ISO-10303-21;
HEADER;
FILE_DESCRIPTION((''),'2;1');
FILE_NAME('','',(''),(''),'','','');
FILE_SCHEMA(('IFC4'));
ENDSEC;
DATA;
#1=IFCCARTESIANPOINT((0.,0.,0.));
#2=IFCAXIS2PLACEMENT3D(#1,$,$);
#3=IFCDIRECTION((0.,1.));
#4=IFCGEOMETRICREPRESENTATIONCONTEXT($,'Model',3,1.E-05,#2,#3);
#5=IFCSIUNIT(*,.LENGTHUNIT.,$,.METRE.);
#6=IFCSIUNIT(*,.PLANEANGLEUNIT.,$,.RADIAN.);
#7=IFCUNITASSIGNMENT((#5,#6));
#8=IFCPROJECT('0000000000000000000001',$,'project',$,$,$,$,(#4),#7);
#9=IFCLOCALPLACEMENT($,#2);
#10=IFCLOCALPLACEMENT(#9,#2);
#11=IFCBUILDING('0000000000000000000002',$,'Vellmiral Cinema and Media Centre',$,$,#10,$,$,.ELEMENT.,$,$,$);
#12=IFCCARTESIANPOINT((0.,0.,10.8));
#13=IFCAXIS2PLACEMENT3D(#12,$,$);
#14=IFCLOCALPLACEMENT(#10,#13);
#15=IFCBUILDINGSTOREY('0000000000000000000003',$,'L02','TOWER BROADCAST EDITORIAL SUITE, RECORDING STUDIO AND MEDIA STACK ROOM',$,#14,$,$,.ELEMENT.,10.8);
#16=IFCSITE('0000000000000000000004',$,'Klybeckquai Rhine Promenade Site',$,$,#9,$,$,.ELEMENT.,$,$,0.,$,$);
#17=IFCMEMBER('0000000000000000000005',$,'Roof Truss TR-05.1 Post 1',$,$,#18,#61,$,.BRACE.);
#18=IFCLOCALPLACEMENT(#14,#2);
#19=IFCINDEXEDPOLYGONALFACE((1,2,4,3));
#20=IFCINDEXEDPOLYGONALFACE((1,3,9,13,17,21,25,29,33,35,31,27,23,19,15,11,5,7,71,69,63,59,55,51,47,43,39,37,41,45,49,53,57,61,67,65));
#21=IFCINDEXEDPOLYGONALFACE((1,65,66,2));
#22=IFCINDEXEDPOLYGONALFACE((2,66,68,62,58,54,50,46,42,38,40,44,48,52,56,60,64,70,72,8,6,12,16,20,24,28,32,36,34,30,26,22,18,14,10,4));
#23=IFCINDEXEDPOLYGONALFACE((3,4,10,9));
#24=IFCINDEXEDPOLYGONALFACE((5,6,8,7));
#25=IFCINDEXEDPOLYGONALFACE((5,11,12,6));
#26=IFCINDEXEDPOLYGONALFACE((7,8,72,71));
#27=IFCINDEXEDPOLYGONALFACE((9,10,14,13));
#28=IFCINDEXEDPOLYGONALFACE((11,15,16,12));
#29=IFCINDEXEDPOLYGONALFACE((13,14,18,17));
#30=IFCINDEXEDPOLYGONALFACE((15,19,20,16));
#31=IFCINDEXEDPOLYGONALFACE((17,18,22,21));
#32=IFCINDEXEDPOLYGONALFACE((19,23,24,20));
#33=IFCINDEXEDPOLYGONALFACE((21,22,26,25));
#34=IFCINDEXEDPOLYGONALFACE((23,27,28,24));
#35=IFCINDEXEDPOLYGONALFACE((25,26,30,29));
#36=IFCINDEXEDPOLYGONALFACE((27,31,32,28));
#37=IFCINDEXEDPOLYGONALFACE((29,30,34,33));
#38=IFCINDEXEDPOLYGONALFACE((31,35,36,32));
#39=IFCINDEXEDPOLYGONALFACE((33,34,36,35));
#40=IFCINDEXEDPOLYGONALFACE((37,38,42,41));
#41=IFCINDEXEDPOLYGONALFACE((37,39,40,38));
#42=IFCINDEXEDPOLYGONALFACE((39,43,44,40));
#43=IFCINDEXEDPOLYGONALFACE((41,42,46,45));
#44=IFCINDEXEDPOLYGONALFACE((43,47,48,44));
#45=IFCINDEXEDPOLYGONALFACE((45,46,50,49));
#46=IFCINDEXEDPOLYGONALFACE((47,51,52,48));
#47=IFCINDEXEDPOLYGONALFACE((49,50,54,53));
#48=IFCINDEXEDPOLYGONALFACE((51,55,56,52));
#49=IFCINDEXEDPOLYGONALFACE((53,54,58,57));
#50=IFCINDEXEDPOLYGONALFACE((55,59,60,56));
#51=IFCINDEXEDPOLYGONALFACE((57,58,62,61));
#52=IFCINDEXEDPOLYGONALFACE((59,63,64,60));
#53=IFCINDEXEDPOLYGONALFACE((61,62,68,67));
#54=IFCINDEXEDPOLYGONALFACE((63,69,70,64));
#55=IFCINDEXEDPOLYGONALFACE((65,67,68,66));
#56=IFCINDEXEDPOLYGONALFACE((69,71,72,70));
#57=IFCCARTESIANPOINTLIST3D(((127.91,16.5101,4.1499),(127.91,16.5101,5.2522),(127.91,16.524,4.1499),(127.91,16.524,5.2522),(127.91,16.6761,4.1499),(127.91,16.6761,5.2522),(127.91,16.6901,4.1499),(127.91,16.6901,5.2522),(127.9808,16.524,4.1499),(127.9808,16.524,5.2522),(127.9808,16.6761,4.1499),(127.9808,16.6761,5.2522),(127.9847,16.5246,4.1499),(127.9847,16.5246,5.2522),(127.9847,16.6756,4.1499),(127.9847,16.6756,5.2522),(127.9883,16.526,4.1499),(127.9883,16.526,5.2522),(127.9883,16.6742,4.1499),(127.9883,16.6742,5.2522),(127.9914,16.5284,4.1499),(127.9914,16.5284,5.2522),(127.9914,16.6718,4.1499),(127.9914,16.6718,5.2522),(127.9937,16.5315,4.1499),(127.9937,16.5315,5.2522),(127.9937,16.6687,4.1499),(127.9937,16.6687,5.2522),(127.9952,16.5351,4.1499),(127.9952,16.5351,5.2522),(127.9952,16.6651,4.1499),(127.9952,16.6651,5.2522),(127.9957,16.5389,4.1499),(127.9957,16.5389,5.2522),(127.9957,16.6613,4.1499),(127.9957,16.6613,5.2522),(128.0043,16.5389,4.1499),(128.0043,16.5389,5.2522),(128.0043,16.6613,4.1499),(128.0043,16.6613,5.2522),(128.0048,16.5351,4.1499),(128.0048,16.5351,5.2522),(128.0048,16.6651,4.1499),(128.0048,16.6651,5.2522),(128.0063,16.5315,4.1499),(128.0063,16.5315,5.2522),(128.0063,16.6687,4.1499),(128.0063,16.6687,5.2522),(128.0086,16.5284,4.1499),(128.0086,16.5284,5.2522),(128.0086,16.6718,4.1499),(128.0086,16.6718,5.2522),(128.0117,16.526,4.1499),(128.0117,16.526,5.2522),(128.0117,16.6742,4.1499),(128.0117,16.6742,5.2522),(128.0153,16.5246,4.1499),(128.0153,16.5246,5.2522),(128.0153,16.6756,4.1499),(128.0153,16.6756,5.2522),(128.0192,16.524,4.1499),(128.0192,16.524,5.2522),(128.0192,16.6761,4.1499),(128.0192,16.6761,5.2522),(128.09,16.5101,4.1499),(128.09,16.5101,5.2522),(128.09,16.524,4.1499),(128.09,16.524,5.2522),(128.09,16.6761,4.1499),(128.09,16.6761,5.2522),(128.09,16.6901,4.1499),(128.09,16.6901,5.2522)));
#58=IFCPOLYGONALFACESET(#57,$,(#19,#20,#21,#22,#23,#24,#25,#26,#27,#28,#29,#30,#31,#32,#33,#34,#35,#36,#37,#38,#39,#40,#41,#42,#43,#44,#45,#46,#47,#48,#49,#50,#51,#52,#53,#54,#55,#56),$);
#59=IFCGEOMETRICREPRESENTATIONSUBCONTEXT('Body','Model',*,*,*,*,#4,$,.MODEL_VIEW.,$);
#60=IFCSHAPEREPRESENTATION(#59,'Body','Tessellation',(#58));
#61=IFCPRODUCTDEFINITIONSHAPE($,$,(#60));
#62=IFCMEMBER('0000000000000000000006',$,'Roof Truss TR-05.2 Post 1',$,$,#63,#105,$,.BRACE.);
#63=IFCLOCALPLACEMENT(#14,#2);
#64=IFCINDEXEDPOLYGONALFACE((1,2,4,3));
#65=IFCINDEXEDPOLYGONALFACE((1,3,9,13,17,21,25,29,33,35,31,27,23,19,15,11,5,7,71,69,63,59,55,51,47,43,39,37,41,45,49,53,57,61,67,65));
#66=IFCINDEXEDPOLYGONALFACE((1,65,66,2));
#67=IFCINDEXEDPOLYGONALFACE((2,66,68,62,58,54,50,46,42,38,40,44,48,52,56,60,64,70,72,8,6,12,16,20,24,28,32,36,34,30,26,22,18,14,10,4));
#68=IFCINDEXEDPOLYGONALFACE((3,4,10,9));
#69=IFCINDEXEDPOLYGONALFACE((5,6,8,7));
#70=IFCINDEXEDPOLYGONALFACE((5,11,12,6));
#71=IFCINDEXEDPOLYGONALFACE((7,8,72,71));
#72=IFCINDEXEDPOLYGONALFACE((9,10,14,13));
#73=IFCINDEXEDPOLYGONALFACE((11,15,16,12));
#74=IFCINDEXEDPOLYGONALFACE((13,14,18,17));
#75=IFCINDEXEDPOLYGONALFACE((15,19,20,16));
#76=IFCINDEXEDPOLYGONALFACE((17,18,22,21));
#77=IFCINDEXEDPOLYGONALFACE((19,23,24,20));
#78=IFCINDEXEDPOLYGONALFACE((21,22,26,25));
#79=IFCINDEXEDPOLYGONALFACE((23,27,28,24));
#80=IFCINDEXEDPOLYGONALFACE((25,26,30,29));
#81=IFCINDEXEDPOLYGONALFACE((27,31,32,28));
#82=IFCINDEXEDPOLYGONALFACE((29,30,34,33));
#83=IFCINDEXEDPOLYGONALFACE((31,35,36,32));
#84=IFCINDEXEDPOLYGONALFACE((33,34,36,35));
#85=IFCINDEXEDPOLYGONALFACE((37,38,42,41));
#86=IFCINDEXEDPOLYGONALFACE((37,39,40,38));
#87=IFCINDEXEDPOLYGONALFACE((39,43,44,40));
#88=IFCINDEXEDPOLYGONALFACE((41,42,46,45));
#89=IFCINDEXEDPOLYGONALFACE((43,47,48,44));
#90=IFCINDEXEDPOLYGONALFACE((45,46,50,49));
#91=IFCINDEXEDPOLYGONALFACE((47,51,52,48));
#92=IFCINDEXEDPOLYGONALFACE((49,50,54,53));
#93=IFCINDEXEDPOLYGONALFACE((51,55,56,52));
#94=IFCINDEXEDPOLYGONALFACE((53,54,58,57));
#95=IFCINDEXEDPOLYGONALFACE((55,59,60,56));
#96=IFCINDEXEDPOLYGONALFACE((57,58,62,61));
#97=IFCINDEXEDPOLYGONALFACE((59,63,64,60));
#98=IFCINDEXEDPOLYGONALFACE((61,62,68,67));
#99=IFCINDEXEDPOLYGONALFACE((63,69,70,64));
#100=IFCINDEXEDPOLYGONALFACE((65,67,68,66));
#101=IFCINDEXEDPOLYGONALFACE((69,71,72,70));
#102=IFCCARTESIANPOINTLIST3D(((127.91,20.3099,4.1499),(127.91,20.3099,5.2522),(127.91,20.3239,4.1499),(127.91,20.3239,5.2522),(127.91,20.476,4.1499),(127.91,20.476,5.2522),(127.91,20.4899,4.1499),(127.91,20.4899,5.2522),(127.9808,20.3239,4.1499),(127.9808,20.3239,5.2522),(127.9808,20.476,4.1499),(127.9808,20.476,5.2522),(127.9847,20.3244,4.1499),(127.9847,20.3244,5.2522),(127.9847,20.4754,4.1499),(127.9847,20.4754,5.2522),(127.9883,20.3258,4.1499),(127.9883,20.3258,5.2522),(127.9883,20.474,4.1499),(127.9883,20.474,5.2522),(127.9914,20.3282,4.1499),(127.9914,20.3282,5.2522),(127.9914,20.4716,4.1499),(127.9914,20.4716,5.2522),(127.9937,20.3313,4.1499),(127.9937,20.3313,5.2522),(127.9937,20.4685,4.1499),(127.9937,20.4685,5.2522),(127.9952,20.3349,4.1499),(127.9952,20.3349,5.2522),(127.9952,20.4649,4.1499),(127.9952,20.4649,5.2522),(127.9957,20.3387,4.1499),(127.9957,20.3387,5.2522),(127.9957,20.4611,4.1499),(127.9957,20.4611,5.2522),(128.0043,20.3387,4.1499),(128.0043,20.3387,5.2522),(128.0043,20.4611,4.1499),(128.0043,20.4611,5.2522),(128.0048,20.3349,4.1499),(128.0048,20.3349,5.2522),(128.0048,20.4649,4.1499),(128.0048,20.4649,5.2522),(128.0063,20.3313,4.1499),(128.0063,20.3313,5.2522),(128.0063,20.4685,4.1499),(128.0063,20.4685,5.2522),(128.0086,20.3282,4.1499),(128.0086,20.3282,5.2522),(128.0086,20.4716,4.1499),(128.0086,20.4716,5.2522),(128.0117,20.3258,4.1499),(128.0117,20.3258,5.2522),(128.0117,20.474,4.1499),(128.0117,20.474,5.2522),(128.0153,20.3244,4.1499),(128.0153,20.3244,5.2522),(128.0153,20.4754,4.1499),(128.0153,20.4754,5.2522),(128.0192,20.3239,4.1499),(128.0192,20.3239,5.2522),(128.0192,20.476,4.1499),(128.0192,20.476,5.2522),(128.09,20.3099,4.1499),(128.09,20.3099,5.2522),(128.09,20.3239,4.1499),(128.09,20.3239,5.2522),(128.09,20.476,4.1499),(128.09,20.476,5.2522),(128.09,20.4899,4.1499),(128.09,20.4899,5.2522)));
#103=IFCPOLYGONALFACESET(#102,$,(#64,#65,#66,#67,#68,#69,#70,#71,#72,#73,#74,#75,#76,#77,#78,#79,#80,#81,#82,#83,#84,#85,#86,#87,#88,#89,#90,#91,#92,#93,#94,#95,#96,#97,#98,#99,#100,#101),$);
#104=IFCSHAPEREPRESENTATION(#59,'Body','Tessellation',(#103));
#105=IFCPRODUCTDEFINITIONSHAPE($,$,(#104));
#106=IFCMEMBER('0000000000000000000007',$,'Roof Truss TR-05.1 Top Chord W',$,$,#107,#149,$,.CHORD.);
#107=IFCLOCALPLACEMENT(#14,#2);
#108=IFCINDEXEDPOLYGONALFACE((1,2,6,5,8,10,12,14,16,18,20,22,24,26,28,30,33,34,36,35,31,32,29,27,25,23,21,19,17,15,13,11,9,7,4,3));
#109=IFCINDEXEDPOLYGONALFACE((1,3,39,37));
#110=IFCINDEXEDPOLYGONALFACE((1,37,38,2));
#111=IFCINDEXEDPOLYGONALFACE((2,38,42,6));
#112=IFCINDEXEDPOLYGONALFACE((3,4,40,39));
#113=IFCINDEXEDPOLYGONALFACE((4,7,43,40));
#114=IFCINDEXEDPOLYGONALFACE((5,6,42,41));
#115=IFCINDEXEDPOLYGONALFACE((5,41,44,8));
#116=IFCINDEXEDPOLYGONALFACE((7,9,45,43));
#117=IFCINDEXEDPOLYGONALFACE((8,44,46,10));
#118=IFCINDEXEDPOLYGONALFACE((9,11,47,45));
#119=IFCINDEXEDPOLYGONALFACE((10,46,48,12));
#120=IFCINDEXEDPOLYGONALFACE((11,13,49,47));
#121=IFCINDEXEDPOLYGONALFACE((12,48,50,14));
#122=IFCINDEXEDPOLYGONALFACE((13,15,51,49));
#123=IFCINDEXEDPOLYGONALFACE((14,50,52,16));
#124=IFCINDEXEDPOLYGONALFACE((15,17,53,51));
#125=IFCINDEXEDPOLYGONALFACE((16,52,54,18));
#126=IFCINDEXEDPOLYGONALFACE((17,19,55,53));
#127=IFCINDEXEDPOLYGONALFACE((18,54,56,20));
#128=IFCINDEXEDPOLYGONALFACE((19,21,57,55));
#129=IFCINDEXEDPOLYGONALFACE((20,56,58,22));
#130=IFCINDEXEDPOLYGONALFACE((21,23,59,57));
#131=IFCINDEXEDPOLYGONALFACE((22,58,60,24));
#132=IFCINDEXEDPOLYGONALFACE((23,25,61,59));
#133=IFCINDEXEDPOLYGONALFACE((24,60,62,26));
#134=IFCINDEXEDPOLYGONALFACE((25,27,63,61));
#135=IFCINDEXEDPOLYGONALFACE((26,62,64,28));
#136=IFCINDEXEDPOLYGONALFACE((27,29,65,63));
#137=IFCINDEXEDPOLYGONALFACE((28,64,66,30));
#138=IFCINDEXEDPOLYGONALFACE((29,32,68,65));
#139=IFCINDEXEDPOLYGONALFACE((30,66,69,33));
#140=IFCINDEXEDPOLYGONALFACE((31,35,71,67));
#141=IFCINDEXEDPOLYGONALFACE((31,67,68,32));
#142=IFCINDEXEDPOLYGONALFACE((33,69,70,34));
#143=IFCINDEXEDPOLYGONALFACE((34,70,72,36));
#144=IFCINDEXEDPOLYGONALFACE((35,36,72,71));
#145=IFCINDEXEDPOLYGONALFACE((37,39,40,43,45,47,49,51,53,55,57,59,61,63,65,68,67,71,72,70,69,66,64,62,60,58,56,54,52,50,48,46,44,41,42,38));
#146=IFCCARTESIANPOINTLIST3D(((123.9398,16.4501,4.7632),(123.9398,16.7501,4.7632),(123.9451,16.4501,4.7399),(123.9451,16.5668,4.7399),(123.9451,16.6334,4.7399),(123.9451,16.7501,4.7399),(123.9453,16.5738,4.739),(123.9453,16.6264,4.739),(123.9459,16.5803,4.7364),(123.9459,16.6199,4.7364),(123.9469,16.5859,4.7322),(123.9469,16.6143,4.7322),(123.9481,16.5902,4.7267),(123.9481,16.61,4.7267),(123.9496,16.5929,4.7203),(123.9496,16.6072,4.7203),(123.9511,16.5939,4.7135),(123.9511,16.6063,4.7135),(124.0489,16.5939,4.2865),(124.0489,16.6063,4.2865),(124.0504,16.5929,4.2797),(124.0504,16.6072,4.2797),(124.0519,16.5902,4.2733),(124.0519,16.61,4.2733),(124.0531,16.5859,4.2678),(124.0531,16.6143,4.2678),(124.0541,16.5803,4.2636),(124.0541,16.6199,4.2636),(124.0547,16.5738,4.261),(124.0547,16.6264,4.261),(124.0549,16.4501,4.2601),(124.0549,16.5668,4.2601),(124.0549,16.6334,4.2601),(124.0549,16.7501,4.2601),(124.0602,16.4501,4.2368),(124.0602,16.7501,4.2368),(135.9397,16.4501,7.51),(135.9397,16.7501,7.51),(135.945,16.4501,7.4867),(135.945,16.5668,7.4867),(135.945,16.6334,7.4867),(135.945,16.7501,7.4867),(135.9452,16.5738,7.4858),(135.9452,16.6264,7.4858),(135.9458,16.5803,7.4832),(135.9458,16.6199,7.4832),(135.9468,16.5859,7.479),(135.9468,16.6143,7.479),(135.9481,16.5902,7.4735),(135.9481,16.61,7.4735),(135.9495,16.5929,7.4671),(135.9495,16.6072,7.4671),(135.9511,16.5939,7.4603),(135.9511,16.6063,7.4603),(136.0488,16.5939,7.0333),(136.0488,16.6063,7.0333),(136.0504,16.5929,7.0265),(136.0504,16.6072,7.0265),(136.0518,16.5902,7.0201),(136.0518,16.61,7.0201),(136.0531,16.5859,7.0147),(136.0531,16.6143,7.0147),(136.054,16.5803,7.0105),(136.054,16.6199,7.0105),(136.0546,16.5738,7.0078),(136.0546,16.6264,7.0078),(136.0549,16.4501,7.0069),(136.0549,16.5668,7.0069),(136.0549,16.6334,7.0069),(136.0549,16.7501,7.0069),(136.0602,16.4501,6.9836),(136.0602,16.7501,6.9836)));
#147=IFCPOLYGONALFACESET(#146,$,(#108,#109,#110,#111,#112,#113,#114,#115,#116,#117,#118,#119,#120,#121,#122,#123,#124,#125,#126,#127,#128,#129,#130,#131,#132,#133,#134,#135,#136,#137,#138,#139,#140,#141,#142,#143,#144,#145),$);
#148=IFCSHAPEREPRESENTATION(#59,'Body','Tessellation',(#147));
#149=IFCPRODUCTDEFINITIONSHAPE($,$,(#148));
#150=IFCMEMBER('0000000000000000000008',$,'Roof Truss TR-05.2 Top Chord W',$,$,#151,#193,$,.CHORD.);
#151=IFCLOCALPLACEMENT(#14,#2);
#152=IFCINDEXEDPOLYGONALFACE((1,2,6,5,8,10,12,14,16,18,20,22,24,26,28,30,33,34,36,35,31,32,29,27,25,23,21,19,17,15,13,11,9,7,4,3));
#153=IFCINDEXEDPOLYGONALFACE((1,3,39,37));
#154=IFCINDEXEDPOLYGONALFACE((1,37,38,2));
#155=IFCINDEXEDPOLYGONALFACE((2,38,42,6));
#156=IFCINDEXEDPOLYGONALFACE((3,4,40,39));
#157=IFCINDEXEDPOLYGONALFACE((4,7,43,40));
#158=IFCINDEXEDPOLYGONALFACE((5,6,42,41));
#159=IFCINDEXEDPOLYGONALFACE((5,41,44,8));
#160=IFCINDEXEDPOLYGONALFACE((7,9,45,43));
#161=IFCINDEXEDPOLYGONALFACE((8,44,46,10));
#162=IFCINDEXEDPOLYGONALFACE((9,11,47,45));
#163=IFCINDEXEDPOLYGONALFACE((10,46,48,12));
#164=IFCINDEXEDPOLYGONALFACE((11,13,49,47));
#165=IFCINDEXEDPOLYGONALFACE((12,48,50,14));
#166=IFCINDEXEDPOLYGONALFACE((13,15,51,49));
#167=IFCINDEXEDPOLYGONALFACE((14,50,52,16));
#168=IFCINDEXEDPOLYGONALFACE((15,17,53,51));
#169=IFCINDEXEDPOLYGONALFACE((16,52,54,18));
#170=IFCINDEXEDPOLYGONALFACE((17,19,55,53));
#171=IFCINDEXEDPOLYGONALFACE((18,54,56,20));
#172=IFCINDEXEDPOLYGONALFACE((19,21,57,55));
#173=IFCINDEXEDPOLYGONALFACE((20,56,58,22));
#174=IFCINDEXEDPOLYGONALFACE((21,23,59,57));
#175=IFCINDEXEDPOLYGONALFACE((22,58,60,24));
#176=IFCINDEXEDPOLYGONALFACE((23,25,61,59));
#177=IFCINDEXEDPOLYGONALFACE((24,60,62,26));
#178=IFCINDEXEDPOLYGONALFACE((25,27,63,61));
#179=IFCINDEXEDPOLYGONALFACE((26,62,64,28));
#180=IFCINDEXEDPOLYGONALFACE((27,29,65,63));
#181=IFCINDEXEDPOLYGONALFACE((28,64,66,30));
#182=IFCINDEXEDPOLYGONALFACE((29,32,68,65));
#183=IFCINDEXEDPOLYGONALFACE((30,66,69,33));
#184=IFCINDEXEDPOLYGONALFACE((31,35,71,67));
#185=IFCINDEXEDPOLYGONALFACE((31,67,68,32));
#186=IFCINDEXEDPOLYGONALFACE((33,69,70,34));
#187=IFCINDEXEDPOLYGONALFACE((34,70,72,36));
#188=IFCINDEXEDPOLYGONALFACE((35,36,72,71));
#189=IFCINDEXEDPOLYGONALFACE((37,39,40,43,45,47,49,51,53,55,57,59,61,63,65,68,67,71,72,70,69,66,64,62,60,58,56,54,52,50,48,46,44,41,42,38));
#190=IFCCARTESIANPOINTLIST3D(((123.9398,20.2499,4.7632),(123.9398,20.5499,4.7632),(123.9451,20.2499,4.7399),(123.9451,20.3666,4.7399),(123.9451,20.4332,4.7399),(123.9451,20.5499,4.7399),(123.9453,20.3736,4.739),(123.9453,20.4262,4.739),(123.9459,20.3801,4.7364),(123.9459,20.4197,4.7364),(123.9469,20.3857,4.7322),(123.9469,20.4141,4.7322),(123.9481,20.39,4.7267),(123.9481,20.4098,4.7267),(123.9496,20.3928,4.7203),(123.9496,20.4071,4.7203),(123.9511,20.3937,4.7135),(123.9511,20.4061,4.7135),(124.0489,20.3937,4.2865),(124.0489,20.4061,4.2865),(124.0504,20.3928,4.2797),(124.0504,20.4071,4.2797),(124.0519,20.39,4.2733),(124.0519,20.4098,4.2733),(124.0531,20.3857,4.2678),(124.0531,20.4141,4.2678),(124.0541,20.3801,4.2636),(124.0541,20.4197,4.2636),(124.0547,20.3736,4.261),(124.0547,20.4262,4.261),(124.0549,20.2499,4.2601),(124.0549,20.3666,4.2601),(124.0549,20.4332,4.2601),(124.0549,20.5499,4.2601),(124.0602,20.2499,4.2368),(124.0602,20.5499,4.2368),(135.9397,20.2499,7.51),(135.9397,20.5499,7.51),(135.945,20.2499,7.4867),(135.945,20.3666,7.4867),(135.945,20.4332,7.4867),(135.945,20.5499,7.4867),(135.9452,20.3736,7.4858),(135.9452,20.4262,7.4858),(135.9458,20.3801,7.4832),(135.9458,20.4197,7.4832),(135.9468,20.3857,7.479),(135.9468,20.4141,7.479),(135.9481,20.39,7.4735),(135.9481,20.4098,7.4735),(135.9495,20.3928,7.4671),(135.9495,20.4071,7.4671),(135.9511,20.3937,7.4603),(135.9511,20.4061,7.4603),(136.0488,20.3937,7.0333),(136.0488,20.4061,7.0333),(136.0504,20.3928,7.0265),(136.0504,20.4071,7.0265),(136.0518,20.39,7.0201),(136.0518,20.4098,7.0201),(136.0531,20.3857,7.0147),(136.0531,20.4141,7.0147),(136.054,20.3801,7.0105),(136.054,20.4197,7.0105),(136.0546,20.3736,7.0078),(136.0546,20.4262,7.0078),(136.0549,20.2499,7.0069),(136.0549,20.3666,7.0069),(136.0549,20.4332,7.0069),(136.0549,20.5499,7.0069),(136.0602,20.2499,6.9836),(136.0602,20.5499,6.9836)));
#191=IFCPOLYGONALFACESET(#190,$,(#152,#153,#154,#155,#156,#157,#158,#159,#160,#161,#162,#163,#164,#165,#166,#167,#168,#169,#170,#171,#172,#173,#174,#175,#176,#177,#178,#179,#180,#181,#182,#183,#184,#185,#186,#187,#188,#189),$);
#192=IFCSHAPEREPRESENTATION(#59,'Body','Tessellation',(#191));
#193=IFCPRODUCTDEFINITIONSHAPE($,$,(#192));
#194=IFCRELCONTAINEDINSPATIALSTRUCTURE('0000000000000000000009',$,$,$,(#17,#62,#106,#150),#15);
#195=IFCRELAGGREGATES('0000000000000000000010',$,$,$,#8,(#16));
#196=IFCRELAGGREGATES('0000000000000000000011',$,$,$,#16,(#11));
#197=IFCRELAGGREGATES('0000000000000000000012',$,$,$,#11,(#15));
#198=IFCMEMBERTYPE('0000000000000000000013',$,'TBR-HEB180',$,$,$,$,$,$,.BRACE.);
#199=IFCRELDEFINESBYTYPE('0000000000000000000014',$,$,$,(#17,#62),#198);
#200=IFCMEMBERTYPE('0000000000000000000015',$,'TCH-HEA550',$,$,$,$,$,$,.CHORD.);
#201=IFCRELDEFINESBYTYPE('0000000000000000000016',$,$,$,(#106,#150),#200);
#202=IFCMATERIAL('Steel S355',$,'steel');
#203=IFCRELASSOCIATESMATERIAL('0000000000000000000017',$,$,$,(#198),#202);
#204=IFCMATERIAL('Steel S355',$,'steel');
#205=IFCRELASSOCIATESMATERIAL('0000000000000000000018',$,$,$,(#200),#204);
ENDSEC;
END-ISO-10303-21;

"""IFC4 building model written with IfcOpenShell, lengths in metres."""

from ifc_helpers import new_model, si_unit, direction, frame, origin, origin_2d, place, context, subcontext, project, spatial, i_section, extrude, material, material_profile, profile_set, type_object, element, save


model = new_model("IFC4")

# Units and contexts
model_context = context("Model", 3, precision=1e-05, world=origin(), true_north=direction((0.0, 1.0)))
body_context = subcontext(model_context, "Body", "Model", "MODEL_VIEW")
ifc_project = project(units=[si_unit("LENGTHUNIT", "METRE"), si_unit("PLANEANGLEUNIT", "RADIAN")], contexts=[model_context])

# Site, building, storey
site_placement = place(None, origin())
site = spatial("IfcSite", under=ifc_project, at=site_placement, Name="Klybeckquai Rhine Promenade Site", CompositionType="ELEMENT", RefElevation=0.0)
building_placement = place(site_placement, origin())
building = spatial("IfcBuilding", under=site, at=building_placement, Name="Vellmiral Cinema and Media Centre", CompositionType="ELEMENT")
storey_placement = place(building_placement, frame((0.0, 0.0, 10.8)))
storey = spatial("IfcBuildingStorey", under=building, at=storey_placement, Name="L02", Description="TOWER BROADCAST EDITORIAL SUITE, RECORDING STUDIO AND MEDIA STACK ROOM", CompositionType="ELEMENT", Elevation=10.8)

# Members
ifc_material_1 = material(Name="Steel S355", Category="steel")
ifc_material_profile_1 = material_profile(ifc_material_1, i_section(OverallWidth=0.1799, OverallDepth=0.1799, WebThickness=0.0085, FlangeThickness=0.0139, FilletRadius=0.0149, at=origin_2d()), Name="HEB 180")
ifc_profile_set_1 = profile_set([ifc_material_profile_1], Name="Steel S355")
member_type_1 = type_object("IfcMemberType", Name="TBR-HEB180", PredefinedType="BRACE", material=ifc_profile_set_1)
for number, where, z_axis, x_axis, name in (
    (1, (128.0, 16.6001, 4.1499), (0.0, 0.0, 1.0), (1.0, 0.0, 0.0), "Roof Truss TR-05.1 Post 1"),
    (2, (128.0, 20.3999, 4.1499), (0.0, 0.0, 1.0), (1.0, 0.0, 0.0), "Roof Truss TR-05.2 Post 1"),
):
    element("IfcMember", number, at=place(storey_placement, frame(where, z_axis=z_axis, x_axis=x_axis)), inside=storey, type_object=member_type_1, Name=name, PredefinedType="BRACE", context=body_context, shape_type="SweptSolid", body=[
        extrude(i_section(OverallWidth=0.1799, OverallDepth=0.1799, WebThickness=0.0085, FlangeThickness=0.0139, FilletRadius=0.0149, at=origin_2d()), origin(), (0.0, 0.0, 1.0), 1.1023),
    ])
ifc_material_2 = material(Name="Steel S355", Category="steel")
ifc_material_profile_2 = material_profile(ifc_material_2, i_section(OverallWidth=0.3, OverallDepth=0.54, WebThickness=0.0125, FlangeThickness=0.0239, FilletRadius=0.0271, at=origin_2d()), Name="HEA 550")
ifc_profile_set_2 = profile_set([ifc_material_profile_2], Name="Steel S355")
member_type_2 = type_object("IfcMemberType", Name="TCH-HEA550", PredefinedType="CHORD", material=ifc_profile_set_2)
for number, where, z_axis, x_axis, name in (
    (3, (124.0, 16.6001, 4.5), (0.974788, 0.0, 0.223131), (0.0, 1.0, 0.0), "Roof Truss TR-05.1 Top Chord W"),
    (4, (124.0, 20.3999, 4.5), (0.974788, 0.0, 0.223131), (0.0, 1.0, 0.0), "Roof Truss TR-05.2 Top Chord W"),
):
    element("IfcMember", number, at=place(storey_placement, frame(where, z_axis=z_axis, x_axis=x_axis)), inside=storey, type_object=member_type_2, Name=name, PredefinedType="CHORD", context=body_context, shape_type="SweptSolid", body=[
        extrude(i_section(OverallWidth=0.3, OverallDepth=0.54, WebThickness=0.0125, FlangeThickness=0.0239, FilletRadius=0.0271, at=origin_2d()), origin(), (0.0, 0.0, 1.0), 12.3103),
    ])

save(model, "model.ifc")
